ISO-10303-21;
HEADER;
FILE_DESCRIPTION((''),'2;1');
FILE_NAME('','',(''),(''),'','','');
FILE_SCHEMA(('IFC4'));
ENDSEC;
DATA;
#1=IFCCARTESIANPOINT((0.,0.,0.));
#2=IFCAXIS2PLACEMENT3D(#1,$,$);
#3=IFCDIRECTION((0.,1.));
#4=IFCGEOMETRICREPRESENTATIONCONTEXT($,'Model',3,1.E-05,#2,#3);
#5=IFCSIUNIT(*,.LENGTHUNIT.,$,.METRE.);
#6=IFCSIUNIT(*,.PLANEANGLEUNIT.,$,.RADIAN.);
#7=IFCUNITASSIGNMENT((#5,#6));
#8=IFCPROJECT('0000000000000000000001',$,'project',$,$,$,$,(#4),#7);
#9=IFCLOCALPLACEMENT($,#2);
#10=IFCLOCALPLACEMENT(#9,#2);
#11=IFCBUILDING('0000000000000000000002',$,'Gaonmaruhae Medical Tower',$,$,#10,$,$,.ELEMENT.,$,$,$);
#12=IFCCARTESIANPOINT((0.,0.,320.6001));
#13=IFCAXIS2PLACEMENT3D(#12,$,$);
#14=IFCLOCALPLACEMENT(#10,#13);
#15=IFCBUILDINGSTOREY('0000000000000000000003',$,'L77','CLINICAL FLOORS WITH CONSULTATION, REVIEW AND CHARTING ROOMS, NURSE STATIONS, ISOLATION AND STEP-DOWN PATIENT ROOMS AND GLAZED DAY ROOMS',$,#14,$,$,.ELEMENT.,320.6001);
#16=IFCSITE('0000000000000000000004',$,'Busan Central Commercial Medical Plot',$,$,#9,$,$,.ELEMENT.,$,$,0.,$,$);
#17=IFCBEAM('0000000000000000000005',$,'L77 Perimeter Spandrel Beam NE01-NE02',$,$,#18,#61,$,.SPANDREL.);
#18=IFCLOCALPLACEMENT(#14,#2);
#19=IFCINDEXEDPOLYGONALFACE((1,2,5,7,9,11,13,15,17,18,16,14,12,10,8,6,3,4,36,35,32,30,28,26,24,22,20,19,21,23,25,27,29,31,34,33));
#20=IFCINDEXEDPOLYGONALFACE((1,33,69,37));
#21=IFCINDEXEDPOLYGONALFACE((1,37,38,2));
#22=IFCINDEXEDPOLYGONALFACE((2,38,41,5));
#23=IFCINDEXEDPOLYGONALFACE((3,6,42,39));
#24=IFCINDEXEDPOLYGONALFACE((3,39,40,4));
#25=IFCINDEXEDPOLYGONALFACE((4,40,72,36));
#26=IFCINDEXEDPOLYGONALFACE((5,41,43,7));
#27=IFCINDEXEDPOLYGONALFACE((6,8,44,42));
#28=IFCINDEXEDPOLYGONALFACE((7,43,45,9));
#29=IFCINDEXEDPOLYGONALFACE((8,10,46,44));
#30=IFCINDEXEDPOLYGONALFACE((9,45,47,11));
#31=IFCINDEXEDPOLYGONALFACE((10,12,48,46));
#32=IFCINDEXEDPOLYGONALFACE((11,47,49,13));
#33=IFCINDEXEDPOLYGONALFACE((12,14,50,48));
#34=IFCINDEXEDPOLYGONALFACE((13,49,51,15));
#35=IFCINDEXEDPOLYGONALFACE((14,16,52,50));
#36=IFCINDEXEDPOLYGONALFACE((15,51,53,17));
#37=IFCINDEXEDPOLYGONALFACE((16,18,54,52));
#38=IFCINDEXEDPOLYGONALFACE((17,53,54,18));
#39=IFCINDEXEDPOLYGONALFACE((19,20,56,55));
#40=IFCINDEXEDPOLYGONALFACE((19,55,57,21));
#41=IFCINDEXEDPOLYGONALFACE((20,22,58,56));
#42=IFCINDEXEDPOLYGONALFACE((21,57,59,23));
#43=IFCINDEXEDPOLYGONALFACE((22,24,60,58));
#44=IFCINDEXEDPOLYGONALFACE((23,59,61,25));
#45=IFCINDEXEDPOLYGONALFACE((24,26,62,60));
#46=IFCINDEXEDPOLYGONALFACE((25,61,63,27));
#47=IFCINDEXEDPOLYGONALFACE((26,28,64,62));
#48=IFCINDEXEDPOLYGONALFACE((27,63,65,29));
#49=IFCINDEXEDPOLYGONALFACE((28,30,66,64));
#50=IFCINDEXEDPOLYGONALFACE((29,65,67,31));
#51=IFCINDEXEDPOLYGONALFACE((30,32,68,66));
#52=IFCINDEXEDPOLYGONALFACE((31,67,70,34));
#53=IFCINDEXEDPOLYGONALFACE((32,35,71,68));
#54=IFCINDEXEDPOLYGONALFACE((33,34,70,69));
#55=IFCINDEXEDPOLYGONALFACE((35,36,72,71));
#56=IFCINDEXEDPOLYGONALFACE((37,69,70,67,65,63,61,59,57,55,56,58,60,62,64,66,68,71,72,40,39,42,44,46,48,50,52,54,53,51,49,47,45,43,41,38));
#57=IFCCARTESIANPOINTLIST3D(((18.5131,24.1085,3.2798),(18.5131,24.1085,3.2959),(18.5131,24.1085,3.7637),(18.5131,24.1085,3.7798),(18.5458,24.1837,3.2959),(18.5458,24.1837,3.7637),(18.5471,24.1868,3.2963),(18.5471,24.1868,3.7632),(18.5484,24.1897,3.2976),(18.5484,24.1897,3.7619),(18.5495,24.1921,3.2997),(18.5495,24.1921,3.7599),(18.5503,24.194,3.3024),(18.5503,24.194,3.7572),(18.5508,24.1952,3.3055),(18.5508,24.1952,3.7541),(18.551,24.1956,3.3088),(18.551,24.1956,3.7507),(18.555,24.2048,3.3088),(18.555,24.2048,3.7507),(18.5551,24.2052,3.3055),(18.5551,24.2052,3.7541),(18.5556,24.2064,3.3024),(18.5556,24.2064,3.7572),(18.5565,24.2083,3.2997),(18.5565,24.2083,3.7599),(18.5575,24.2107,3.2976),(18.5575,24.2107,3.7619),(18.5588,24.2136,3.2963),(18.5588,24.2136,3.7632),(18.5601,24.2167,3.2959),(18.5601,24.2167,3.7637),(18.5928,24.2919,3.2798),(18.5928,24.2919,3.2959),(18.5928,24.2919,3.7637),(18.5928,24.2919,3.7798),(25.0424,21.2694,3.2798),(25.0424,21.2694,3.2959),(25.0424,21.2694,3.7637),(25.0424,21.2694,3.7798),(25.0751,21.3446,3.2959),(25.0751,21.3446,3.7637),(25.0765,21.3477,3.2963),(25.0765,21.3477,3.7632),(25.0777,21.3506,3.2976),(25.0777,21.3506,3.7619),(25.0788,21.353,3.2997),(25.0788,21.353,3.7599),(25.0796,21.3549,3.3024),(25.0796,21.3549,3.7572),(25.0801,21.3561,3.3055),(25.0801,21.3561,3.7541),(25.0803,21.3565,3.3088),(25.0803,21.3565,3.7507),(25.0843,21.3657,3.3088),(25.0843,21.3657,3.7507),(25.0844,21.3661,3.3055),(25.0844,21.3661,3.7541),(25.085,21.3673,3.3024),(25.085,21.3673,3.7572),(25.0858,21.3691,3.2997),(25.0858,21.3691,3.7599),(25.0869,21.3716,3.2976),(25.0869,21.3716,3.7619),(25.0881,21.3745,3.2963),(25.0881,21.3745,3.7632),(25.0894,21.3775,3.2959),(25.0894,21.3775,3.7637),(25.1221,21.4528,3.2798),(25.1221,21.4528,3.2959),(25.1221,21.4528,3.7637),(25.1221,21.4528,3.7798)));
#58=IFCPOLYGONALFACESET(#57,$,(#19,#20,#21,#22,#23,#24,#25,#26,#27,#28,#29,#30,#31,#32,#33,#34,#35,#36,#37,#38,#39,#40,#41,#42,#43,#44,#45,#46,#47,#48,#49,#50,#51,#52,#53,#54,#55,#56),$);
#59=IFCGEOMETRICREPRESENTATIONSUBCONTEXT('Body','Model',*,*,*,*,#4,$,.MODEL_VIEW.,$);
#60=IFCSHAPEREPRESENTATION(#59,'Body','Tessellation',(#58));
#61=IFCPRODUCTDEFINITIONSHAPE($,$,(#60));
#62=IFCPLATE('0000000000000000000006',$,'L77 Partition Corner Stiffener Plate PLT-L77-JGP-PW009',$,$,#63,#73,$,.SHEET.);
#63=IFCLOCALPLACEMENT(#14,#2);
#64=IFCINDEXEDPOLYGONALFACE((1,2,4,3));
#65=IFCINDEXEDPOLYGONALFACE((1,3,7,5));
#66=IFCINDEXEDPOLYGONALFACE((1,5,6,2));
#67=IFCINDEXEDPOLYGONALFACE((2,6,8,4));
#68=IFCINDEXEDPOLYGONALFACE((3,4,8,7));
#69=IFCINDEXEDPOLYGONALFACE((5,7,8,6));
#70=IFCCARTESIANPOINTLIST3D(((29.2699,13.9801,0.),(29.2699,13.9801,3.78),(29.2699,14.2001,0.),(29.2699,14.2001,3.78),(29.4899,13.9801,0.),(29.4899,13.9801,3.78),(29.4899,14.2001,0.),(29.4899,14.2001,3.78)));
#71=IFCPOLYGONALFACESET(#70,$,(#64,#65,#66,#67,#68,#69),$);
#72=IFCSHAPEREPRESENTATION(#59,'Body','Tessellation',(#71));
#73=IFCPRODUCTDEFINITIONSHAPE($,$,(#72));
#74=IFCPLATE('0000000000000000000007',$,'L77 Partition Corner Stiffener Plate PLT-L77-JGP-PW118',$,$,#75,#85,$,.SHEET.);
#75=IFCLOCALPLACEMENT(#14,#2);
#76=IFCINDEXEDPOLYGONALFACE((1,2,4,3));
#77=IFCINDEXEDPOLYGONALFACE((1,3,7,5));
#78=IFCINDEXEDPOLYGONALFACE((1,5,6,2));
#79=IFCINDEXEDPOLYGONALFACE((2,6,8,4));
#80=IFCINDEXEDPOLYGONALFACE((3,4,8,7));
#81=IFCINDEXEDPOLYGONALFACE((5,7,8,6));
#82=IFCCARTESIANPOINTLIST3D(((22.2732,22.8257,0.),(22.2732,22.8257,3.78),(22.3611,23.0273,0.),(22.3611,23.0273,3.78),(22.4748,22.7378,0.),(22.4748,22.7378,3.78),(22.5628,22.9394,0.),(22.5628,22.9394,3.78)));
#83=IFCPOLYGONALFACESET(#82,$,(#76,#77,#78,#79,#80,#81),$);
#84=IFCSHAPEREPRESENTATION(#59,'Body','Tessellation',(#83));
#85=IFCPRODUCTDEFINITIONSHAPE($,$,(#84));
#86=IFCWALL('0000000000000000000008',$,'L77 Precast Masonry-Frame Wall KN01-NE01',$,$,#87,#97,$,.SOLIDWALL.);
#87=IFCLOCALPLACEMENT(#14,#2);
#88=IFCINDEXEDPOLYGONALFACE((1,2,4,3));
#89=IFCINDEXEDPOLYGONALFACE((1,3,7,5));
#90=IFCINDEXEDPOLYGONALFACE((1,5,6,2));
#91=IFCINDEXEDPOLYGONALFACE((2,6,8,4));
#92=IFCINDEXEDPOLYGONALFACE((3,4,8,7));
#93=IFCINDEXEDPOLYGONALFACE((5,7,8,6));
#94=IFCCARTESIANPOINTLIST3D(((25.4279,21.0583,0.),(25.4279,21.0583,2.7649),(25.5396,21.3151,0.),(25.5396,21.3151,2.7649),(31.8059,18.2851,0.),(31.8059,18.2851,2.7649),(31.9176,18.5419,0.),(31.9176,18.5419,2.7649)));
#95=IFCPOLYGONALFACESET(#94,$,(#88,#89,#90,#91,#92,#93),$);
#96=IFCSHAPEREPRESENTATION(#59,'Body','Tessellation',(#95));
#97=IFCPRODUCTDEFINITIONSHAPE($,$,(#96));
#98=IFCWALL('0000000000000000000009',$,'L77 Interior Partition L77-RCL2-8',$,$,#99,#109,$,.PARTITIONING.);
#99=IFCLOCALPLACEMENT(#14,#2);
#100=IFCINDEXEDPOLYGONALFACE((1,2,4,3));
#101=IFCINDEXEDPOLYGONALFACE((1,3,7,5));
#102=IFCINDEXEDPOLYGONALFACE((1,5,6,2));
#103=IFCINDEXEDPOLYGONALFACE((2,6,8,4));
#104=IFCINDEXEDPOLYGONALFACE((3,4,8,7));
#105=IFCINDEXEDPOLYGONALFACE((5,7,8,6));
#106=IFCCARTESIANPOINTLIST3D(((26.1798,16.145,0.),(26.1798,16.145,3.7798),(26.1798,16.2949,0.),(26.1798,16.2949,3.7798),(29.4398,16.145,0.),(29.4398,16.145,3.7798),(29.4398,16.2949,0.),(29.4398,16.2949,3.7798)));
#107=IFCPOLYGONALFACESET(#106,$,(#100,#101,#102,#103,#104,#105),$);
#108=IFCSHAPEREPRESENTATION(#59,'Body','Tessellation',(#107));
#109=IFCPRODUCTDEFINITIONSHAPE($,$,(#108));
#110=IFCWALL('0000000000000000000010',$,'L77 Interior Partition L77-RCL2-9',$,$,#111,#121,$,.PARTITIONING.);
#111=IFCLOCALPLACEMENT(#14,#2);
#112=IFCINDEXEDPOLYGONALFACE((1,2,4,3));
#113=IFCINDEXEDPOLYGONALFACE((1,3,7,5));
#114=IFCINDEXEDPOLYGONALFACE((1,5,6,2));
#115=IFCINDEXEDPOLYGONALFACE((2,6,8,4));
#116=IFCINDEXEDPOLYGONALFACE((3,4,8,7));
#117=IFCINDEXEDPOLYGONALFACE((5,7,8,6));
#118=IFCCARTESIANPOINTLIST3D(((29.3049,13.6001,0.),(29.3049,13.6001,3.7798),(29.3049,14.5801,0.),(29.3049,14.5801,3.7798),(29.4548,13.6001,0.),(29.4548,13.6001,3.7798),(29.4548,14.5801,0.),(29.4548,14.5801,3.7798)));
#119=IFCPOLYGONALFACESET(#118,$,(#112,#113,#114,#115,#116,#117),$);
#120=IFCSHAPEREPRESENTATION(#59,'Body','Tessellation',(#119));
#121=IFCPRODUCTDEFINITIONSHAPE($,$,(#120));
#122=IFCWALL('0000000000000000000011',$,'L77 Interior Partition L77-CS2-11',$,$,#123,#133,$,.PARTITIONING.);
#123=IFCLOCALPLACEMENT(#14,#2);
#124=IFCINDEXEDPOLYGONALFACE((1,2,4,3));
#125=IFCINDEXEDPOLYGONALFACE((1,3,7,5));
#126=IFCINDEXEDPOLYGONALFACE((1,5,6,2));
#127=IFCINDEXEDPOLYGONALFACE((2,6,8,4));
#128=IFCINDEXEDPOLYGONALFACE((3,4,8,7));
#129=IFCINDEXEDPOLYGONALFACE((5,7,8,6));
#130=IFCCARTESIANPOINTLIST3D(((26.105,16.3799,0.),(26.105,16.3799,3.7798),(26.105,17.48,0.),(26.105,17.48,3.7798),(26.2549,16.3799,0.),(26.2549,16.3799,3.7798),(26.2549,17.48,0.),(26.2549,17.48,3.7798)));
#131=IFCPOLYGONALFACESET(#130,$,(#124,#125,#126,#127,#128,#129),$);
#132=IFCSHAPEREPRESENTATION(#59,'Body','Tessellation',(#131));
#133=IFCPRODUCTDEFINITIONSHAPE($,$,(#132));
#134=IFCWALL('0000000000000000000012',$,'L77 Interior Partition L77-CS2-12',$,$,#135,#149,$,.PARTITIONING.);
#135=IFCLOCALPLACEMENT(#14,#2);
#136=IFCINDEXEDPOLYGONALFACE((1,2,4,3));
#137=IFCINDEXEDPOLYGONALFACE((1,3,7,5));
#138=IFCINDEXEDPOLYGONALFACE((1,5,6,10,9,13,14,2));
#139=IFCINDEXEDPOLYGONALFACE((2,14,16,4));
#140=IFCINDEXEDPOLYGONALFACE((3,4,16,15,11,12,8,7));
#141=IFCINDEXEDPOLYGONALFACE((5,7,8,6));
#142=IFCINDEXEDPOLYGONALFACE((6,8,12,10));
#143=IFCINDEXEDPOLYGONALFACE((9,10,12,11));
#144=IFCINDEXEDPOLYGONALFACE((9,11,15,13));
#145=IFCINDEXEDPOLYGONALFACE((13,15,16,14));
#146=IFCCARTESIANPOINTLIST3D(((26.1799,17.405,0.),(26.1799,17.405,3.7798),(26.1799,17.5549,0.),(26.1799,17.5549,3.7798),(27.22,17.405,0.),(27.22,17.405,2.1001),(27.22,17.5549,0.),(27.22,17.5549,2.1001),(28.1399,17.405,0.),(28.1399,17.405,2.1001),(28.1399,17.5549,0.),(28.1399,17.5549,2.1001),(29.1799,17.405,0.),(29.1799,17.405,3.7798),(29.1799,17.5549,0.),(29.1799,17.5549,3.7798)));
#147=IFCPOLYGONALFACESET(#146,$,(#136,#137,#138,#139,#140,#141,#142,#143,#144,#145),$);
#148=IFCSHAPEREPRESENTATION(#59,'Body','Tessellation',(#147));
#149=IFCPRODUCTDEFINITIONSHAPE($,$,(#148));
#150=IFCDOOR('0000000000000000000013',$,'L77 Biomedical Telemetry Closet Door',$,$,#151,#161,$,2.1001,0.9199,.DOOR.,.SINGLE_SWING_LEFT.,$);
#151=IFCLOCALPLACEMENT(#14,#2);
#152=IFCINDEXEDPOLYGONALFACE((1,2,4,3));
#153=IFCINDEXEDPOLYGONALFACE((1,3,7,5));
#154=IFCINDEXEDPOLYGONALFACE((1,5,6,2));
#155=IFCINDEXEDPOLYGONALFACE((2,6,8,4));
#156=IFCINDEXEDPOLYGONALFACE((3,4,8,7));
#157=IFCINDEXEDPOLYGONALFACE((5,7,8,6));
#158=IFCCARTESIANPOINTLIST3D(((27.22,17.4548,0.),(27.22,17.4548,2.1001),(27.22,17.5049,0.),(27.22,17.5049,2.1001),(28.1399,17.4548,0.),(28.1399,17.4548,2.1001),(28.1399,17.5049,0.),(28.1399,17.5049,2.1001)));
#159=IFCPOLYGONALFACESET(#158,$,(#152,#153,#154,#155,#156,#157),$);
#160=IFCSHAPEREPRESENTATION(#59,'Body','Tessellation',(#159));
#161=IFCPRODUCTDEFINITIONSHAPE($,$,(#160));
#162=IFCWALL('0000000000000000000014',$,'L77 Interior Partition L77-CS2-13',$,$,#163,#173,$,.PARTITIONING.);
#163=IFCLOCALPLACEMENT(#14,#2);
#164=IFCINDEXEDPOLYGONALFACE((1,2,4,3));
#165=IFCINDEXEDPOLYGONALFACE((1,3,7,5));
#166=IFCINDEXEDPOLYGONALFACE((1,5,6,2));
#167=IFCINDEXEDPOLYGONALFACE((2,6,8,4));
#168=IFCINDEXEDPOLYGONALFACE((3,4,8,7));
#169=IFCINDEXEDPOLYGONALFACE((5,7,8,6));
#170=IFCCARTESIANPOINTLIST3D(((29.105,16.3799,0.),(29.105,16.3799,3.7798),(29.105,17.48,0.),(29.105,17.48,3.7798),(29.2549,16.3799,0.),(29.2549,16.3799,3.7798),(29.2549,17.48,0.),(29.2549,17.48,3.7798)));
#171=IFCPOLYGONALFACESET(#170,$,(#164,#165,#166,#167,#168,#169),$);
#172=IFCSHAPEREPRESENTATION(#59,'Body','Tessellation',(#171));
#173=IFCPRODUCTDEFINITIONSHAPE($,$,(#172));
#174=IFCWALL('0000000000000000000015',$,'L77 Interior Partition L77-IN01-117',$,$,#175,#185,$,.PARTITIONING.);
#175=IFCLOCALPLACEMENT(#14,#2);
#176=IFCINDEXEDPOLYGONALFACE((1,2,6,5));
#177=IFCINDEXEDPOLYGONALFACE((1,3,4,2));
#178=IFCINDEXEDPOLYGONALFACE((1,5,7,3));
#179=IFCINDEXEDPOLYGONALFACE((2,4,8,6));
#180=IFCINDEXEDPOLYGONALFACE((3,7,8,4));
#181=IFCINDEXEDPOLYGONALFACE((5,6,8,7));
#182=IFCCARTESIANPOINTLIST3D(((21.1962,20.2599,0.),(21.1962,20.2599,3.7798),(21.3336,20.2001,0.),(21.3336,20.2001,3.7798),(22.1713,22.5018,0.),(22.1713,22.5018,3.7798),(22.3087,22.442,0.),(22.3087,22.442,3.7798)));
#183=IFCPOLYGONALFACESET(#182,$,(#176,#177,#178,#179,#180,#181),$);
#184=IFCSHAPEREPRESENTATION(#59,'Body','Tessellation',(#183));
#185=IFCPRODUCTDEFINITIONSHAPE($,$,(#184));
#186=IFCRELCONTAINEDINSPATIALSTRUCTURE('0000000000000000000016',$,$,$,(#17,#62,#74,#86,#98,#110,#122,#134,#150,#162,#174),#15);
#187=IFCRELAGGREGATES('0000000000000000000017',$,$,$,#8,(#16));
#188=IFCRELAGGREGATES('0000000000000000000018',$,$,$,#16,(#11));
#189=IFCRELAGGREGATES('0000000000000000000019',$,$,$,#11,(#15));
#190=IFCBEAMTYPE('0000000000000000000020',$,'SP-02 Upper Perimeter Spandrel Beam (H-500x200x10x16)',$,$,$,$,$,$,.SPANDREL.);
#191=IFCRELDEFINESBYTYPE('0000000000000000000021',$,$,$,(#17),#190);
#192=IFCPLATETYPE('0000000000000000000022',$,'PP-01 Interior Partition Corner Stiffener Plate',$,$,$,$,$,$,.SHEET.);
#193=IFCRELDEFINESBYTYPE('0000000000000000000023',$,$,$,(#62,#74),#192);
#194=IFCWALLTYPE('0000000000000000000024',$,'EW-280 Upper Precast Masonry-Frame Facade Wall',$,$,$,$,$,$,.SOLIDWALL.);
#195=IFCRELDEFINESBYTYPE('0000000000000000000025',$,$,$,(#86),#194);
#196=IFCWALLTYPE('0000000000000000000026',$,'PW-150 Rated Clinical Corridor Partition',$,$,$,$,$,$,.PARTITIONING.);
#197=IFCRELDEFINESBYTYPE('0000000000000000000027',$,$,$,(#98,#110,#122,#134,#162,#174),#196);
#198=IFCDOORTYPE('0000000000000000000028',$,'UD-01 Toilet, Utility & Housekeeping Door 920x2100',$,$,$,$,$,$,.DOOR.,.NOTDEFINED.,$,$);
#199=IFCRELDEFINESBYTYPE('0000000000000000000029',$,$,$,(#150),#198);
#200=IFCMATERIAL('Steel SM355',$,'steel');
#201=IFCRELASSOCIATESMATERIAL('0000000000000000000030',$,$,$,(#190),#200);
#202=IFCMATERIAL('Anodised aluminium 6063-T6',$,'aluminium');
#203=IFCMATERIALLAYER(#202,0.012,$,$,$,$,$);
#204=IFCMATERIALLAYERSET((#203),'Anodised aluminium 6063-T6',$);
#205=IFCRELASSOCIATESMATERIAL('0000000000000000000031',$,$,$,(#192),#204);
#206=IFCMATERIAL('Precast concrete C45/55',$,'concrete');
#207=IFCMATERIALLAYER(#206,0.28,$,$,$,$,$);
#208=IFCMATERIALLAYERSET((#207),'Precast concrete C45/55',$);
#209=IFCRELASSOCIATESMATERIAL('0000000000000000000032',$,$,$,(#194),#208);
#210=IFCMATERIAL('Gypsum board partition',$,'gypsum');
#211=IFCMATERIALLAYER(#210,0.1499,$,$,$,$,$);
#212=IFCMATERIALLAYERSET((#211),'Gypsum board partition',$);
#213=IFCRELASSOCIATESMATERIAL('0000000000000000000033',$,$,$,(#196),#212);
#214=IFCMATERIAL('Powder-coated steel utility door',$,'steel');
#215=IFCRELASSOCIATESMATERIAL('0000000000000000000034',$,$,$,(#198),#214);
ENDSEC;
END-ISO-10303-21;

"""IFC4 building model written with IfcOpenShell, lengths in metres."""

from ifc_helpers import new_model, si_unit, direction, frame, frame_2d, origin, origin_2d, place, context, subcontext, project, spatial, rectangle, i_section, extrude, material, layer, layer_set, material_profile, profile_set, type_object, element, fill, save


model = new_model("IFC4")

# Units and contexts
model_context = context("Model", 3, precision=1e-05, world=origin(), true_north=direction((0.0, 1.0)))
body_context = subcontext(model_context, "Body", "Model", "MODEL_VIEW")
ifc_project = project(units=[si_unit("LENGTHUNIT", "METRE"), si_unit("PLANEANGLEUNIT", "RADIAN")], contexts=[model_context])

# Site, building, storey
site_placement = place(None, origin())
site = spatial("IfcSite", under=ifc_project, at=site_placement, Name="Busan Central Commercial Medical Plot", CompositionType="ELEMENT", RefElevation=0.0)
building_placement = place(site_placement, origin())
building = spatial("IfcBuilding", under=site, at=building_placement, Name="Gaonmaruhae Medical Tower", CompositionType="ELEMENT")
storey_placement = place(building_placement, frame((0.0, 0.0, 320.6001)))
storey = spatial("IfcBuildingStorey", under=building, at=storey_placement, Name="L77", Description="CLINICAL FLOORS WITH CONSULTATION, REVIEW AND CHARTING ROOMS, NURSE STATIONS, ISOLATION AND STEP-DOWN PATIENT ROOMS AND GLAZED DAY ROOMS", CompositionType="ELEMENT", Elevation=320.6001)

# Beam
ifc_material_1 = material(Name="Steel SM355", Category="steel")
ifc_material_profile_1 = material_profile(ifc_material_1, i_section(OverallWidth=0.2, OverallDepth=0.5, WebThickness=0.01, FlangeThickness=0.0161, FilletRadius=0.0129, at=origin_2d()), Name="H-500x200x10x16")
ifc_profile_set_1 = profile_set([ifc_material_profile_1], Name="Steel SM355")
beam_type_1 = type_object("IfcBeamType", Name="SP-02 Upper Perimeter Spandrel Beam (H-500x200x10x16)", PredefinedType="SPANDREL", material=ifc_profile_set_1)
beam_1_placement = place(storey_placement, frame((25.0823, 21.3611, 3.5298), z_axis=(-0.917055, 0.39876, 0.0), x_axis=(-0.39876, -0.917055, 0.0)))
element("IfcBeam", 1, at=beam_1_placement, inside=storey, type_object=beam_type_1, Name="L77 Perimeter Spandrel Beam NE01-NE02", PredefinedType="SPANDREL", context=body_context, shape_type="SweptSolid", body=[
    extrude(i_section(OverallWidth=0.2, OverallDepth=0.5, WebThickness=0.01, FlangeThickness=0.0161, FilletRadius=0.0129, at=origin_2d()), origin(), (0.0, 0.0, 1.0), 7.1199),
])

# Plates
ifc_material_2 = material(Name="Anodised aluminium 6063-T6", Category="aluminium")
ifc_layer_1 = layer(ifc_material_2, 0.012)
ifc_layer_set_1 = layer_set([ifc_layer_1], Name="Anodised aluminium 6063-T6")
plate_type = type_object("IfcPlateType", Name="PP-01 Interior Partition Corner Stiffener Plate", PredefinedType="SHEET", material=ifc_layer_set_1)
for number, where, z_axis, x_axis, name in (
    (2, (29.3799, 14.0901, 0.0), (0.0, 0.0, 1.0), (0.0, -1.0, 0.0), "L77 Partition Corner Stiffener Plate PLT-L77-JGP-PW009"),
    (3, (22.418, 22.8826, 0.0), (0.0, 0.0, 1.0), (0.399741, 0.916628, 0.0), "L77 Partition Corner Stiffener Plate PLT-L77-JGP-PW118"),
):
    element("IfcPlate", number, at=place(storey_placement, frame(where, z_axis=z_axis, x_axis=x_axis)), inside=storey, type_object=plate_type, Name=name, PredefinedType="SHEET", context=body_context, shape_type="SweptSolid", body=[
        extrude(rectangle(XDim=0.22, YDim=0.22, at=origin_2d()), origin(), (0.0, 0.0, 1.0), 3.78),
    ])

# Walls
ifc_material_3 = material(Name="Precast concrete C45/55", Category="concrete")
ifc_layer_2 = layer(ifc_material_3, 0.28)
ifc_layer_set_2 = layer_set([ifc_layer_2], Name="Precast concrete C45/55")
wall_type_1 = type_object("IfcWallType", Name="EW-280 Upper Precast Masonry-Frame Facade Wall", PredefinedType="SOLIDWALL", material=ifc_layer_set_2)
wall_1_placement = place(storey_placement, frame((25.4836, 21.1868, 0.0), z_axis=(0.0, 0.0, 1.0), x_axis=(0.917061, -0.398748, 0.0)))
element("IfcWall", 4, at=wall_1_placement, inside=storey, type_object=wall_type_1, Name="L77 Precast Masonry-Frame Wall KN01-NE01", PredefinedType="SOLIDWALL", context=body_context, shape_type="SweptSolid", body=[
    extrude(rectangle(XDim=6.9548, YDim=0.28, at=frame_2d((3.4775, 0.0))), origin(), (0.0, 0.0, 1.0), 2.7649),
])
ifc_material_4 = material(Name="Gypsum board partition", Category="gypsum")
ifc_layer_3 = layer(ifc_material_4, 0.1499)
ifc_layer_set_3 = layer_set([ifc_layer_3], Name="Gypsum board partition")
wall_type_2 = type_object("IfcWallType", Name="PW-150 Rated Clinical Corridor Partition", PredefinedType="PARTITIONING", material=ifc_layer_set_3)
wall_2_placement = place(storey_placement, frame((26.1799, 16.22, 0.0), z_axis=(0.0, 0.0, 1.0), x_axis=(1.0, 0.0, 0.0)))
element("IfcWall", 5, at=wall_2_placement, inside=storey, type_object=wall_type_2, Name="L77 Interior Partition L77-RCL2-8", PredefinedType="PARTITIONING", context=body_context, shape_type="SweptSolid", body=[
    extrude(rectangle(XDim=3.26, YDim=0.1499, at=frame_2d((1.6299, 0.0))), origin(), (0.0, 0.0, 1.0), 3.7798),
])
wall_3_placement = place(storey_placement, frame((29.3799, 14.5801, 0.0), z_axis=(0.0, 0.0, 1.0), x_axis=(0.0, -1.0, 0.0)))
element("IfcWall", 6, at=wall_3_placement, inside=storey, type_object=wall_type_2, Name="L77 Interior Partition L77-RCL2-9", PredefinedType="PARTITIONING", context=body_context, shape_type="SweptSolid", body=[
    extrude(rectangle(XDim=0.98, YDim=0.1499, at=frame_2d((0.49, 0.0))), origin(), (0.0, 0.0, 1.0), 3.7798),
])
wall_4_placement = place(storey_placement, frame((26.1799, 16.3799, 0.0), z_axis=(0.0, 0.0, 1.0), x_axis=(0.0, 1.0, 0.0)))
element("IfcWall", 7, at=wall_4_placement, inside=storey, type_object=wall_type_2, Name="L77 Interior Partition L77-CS2-11", PredefinedType="PARTITIONING", context=body_context, shape_type="SweptSolid", body=[
    extrude(rectangle(XDim=1.1001, YDim=0.1499, at=frame_2d((0.55, 0.0))), origin(), (0.0, 0.0, 1.0), 3.7798),
])

# Wall, opening, door
wall_5_placement = place(storey_placement, frame((26.1799, 17.48, 0.0), z_axis=(0.0, 0.0, 1.0), x_axis=(1.0, 0.0, 0.0)))
wall_5 = element("IfcWall", 8, at=wall_5_placement, inside=storey, type_object=wall_type_2, Name="L77 Interior Partition L77-CS2-12", PredefinedType="PARTITIONING", context=body_context, shape_type="SweptSolid", body=[
    extrude(rectangle(XDim=3.0, YDim=0.1499, at=frame_2d((1.5, 0.0))), origin(), (0.0, 0.0, 1.0), 3.7798),
])
opening_1_placement = place(wall_5_placement, frame((1.04, 0.0, 0.0)))
opening_1 = element("IfcOpeningElement", 9, at=opening_1_placement, cuts=wall_5, PredefinedType="OPENING", context=body_context, shape_type="SweptSolid", body=[
    extrude(rectangle(XDim=0.9199, YDim=2.1001, at=frame_2d((0.46, 1.05))), frame((0.0, 0.085, 0.0), z_axis=(0.0, -1.0, 0.0), x_axis=(1.0, 0.0, 0.0)), (0.0, 0.0, 1.0), 0.1699),
])
ifc_material_5 = material(Name="Powder-coated steel utility door", Category="steel")
door_type_1 = type_object("IfcDoorType", Name="UD-01 Toilet, Utility & Housekeeping Door 920x2100", OperationType="NOTDEFINED", PredefinedType="DOOR", material=ifc_material_5)
door_1_placement = place(opening_1_placement, origin())
door_1 = element("IfcDoor", 10, at=door_1_placement, inside=storey, type_object=door_type_1, Name="L77 Biomedical Telemetry Closet Door", OperationType="SINGLE_SWING_LEFT", OverallHeight=2.1001, OverallWidth=0.9199, PredefinedType="DOOR", context=body_context, shape_type="SweptSolid", body=[
    extrude(rectangle(XDim=0.9199, YDim=2.1001, at=frame_2d((0.46, 1.05))), frame((0.0, 0.0249, 0.0), z_axis=(0.0, -1.0, 0.0), x_axis=(1.0, 0.0, 0.0)), (0.0, 0.0, 1.0), 0.05),
])
fill(opening_1, door_1)

# Walls
wall_6_placement = place(storey_placement, frame((29.1799, 17.48, 0.0), z_axis=(0.0, 0.0, 1.0), x_axis=(0.0, -1.0, 0.0)))
element("IfcWall", 11, at=wall_6_placement, inside=storey, type_object=wall_type_2, Name="L77 Interior Partition L77-CS2-13", PredefinedType="PARTITIONING", context=body_context, shape_type="SweptSolid", body=[
    extrude(rectangle(XDim=1.1001, YDim=0.1499, at=frame_2d((0.55, 0.0))), origin(), (0.0, 0.0, 1.0), 3.7798),
])
wall_7_placement = place(storey_placement, frame((21.2649, 20.23, 0.0), z_axis=(0.0, 0.0, 1.0), x_axis=(0.398843, 0.917019, 0.0)))
element("IfcWall", 12, at=wall_7_placement, inside=storey, type_object=wall_type_2, Name="L77 Interior Partition L77-IN01-117", PredefinedType="PARTITIONING", context=body_context, shape_type="SweptSolid", body=[
    extrude(rectangle(XDim=2.4448, YDim=0.1499, at=frame_2d((1.2224, 0.0))), origin(), (0.0, 0.0, 1.0), 3.7798),
])

save(model, "model.ifc")
